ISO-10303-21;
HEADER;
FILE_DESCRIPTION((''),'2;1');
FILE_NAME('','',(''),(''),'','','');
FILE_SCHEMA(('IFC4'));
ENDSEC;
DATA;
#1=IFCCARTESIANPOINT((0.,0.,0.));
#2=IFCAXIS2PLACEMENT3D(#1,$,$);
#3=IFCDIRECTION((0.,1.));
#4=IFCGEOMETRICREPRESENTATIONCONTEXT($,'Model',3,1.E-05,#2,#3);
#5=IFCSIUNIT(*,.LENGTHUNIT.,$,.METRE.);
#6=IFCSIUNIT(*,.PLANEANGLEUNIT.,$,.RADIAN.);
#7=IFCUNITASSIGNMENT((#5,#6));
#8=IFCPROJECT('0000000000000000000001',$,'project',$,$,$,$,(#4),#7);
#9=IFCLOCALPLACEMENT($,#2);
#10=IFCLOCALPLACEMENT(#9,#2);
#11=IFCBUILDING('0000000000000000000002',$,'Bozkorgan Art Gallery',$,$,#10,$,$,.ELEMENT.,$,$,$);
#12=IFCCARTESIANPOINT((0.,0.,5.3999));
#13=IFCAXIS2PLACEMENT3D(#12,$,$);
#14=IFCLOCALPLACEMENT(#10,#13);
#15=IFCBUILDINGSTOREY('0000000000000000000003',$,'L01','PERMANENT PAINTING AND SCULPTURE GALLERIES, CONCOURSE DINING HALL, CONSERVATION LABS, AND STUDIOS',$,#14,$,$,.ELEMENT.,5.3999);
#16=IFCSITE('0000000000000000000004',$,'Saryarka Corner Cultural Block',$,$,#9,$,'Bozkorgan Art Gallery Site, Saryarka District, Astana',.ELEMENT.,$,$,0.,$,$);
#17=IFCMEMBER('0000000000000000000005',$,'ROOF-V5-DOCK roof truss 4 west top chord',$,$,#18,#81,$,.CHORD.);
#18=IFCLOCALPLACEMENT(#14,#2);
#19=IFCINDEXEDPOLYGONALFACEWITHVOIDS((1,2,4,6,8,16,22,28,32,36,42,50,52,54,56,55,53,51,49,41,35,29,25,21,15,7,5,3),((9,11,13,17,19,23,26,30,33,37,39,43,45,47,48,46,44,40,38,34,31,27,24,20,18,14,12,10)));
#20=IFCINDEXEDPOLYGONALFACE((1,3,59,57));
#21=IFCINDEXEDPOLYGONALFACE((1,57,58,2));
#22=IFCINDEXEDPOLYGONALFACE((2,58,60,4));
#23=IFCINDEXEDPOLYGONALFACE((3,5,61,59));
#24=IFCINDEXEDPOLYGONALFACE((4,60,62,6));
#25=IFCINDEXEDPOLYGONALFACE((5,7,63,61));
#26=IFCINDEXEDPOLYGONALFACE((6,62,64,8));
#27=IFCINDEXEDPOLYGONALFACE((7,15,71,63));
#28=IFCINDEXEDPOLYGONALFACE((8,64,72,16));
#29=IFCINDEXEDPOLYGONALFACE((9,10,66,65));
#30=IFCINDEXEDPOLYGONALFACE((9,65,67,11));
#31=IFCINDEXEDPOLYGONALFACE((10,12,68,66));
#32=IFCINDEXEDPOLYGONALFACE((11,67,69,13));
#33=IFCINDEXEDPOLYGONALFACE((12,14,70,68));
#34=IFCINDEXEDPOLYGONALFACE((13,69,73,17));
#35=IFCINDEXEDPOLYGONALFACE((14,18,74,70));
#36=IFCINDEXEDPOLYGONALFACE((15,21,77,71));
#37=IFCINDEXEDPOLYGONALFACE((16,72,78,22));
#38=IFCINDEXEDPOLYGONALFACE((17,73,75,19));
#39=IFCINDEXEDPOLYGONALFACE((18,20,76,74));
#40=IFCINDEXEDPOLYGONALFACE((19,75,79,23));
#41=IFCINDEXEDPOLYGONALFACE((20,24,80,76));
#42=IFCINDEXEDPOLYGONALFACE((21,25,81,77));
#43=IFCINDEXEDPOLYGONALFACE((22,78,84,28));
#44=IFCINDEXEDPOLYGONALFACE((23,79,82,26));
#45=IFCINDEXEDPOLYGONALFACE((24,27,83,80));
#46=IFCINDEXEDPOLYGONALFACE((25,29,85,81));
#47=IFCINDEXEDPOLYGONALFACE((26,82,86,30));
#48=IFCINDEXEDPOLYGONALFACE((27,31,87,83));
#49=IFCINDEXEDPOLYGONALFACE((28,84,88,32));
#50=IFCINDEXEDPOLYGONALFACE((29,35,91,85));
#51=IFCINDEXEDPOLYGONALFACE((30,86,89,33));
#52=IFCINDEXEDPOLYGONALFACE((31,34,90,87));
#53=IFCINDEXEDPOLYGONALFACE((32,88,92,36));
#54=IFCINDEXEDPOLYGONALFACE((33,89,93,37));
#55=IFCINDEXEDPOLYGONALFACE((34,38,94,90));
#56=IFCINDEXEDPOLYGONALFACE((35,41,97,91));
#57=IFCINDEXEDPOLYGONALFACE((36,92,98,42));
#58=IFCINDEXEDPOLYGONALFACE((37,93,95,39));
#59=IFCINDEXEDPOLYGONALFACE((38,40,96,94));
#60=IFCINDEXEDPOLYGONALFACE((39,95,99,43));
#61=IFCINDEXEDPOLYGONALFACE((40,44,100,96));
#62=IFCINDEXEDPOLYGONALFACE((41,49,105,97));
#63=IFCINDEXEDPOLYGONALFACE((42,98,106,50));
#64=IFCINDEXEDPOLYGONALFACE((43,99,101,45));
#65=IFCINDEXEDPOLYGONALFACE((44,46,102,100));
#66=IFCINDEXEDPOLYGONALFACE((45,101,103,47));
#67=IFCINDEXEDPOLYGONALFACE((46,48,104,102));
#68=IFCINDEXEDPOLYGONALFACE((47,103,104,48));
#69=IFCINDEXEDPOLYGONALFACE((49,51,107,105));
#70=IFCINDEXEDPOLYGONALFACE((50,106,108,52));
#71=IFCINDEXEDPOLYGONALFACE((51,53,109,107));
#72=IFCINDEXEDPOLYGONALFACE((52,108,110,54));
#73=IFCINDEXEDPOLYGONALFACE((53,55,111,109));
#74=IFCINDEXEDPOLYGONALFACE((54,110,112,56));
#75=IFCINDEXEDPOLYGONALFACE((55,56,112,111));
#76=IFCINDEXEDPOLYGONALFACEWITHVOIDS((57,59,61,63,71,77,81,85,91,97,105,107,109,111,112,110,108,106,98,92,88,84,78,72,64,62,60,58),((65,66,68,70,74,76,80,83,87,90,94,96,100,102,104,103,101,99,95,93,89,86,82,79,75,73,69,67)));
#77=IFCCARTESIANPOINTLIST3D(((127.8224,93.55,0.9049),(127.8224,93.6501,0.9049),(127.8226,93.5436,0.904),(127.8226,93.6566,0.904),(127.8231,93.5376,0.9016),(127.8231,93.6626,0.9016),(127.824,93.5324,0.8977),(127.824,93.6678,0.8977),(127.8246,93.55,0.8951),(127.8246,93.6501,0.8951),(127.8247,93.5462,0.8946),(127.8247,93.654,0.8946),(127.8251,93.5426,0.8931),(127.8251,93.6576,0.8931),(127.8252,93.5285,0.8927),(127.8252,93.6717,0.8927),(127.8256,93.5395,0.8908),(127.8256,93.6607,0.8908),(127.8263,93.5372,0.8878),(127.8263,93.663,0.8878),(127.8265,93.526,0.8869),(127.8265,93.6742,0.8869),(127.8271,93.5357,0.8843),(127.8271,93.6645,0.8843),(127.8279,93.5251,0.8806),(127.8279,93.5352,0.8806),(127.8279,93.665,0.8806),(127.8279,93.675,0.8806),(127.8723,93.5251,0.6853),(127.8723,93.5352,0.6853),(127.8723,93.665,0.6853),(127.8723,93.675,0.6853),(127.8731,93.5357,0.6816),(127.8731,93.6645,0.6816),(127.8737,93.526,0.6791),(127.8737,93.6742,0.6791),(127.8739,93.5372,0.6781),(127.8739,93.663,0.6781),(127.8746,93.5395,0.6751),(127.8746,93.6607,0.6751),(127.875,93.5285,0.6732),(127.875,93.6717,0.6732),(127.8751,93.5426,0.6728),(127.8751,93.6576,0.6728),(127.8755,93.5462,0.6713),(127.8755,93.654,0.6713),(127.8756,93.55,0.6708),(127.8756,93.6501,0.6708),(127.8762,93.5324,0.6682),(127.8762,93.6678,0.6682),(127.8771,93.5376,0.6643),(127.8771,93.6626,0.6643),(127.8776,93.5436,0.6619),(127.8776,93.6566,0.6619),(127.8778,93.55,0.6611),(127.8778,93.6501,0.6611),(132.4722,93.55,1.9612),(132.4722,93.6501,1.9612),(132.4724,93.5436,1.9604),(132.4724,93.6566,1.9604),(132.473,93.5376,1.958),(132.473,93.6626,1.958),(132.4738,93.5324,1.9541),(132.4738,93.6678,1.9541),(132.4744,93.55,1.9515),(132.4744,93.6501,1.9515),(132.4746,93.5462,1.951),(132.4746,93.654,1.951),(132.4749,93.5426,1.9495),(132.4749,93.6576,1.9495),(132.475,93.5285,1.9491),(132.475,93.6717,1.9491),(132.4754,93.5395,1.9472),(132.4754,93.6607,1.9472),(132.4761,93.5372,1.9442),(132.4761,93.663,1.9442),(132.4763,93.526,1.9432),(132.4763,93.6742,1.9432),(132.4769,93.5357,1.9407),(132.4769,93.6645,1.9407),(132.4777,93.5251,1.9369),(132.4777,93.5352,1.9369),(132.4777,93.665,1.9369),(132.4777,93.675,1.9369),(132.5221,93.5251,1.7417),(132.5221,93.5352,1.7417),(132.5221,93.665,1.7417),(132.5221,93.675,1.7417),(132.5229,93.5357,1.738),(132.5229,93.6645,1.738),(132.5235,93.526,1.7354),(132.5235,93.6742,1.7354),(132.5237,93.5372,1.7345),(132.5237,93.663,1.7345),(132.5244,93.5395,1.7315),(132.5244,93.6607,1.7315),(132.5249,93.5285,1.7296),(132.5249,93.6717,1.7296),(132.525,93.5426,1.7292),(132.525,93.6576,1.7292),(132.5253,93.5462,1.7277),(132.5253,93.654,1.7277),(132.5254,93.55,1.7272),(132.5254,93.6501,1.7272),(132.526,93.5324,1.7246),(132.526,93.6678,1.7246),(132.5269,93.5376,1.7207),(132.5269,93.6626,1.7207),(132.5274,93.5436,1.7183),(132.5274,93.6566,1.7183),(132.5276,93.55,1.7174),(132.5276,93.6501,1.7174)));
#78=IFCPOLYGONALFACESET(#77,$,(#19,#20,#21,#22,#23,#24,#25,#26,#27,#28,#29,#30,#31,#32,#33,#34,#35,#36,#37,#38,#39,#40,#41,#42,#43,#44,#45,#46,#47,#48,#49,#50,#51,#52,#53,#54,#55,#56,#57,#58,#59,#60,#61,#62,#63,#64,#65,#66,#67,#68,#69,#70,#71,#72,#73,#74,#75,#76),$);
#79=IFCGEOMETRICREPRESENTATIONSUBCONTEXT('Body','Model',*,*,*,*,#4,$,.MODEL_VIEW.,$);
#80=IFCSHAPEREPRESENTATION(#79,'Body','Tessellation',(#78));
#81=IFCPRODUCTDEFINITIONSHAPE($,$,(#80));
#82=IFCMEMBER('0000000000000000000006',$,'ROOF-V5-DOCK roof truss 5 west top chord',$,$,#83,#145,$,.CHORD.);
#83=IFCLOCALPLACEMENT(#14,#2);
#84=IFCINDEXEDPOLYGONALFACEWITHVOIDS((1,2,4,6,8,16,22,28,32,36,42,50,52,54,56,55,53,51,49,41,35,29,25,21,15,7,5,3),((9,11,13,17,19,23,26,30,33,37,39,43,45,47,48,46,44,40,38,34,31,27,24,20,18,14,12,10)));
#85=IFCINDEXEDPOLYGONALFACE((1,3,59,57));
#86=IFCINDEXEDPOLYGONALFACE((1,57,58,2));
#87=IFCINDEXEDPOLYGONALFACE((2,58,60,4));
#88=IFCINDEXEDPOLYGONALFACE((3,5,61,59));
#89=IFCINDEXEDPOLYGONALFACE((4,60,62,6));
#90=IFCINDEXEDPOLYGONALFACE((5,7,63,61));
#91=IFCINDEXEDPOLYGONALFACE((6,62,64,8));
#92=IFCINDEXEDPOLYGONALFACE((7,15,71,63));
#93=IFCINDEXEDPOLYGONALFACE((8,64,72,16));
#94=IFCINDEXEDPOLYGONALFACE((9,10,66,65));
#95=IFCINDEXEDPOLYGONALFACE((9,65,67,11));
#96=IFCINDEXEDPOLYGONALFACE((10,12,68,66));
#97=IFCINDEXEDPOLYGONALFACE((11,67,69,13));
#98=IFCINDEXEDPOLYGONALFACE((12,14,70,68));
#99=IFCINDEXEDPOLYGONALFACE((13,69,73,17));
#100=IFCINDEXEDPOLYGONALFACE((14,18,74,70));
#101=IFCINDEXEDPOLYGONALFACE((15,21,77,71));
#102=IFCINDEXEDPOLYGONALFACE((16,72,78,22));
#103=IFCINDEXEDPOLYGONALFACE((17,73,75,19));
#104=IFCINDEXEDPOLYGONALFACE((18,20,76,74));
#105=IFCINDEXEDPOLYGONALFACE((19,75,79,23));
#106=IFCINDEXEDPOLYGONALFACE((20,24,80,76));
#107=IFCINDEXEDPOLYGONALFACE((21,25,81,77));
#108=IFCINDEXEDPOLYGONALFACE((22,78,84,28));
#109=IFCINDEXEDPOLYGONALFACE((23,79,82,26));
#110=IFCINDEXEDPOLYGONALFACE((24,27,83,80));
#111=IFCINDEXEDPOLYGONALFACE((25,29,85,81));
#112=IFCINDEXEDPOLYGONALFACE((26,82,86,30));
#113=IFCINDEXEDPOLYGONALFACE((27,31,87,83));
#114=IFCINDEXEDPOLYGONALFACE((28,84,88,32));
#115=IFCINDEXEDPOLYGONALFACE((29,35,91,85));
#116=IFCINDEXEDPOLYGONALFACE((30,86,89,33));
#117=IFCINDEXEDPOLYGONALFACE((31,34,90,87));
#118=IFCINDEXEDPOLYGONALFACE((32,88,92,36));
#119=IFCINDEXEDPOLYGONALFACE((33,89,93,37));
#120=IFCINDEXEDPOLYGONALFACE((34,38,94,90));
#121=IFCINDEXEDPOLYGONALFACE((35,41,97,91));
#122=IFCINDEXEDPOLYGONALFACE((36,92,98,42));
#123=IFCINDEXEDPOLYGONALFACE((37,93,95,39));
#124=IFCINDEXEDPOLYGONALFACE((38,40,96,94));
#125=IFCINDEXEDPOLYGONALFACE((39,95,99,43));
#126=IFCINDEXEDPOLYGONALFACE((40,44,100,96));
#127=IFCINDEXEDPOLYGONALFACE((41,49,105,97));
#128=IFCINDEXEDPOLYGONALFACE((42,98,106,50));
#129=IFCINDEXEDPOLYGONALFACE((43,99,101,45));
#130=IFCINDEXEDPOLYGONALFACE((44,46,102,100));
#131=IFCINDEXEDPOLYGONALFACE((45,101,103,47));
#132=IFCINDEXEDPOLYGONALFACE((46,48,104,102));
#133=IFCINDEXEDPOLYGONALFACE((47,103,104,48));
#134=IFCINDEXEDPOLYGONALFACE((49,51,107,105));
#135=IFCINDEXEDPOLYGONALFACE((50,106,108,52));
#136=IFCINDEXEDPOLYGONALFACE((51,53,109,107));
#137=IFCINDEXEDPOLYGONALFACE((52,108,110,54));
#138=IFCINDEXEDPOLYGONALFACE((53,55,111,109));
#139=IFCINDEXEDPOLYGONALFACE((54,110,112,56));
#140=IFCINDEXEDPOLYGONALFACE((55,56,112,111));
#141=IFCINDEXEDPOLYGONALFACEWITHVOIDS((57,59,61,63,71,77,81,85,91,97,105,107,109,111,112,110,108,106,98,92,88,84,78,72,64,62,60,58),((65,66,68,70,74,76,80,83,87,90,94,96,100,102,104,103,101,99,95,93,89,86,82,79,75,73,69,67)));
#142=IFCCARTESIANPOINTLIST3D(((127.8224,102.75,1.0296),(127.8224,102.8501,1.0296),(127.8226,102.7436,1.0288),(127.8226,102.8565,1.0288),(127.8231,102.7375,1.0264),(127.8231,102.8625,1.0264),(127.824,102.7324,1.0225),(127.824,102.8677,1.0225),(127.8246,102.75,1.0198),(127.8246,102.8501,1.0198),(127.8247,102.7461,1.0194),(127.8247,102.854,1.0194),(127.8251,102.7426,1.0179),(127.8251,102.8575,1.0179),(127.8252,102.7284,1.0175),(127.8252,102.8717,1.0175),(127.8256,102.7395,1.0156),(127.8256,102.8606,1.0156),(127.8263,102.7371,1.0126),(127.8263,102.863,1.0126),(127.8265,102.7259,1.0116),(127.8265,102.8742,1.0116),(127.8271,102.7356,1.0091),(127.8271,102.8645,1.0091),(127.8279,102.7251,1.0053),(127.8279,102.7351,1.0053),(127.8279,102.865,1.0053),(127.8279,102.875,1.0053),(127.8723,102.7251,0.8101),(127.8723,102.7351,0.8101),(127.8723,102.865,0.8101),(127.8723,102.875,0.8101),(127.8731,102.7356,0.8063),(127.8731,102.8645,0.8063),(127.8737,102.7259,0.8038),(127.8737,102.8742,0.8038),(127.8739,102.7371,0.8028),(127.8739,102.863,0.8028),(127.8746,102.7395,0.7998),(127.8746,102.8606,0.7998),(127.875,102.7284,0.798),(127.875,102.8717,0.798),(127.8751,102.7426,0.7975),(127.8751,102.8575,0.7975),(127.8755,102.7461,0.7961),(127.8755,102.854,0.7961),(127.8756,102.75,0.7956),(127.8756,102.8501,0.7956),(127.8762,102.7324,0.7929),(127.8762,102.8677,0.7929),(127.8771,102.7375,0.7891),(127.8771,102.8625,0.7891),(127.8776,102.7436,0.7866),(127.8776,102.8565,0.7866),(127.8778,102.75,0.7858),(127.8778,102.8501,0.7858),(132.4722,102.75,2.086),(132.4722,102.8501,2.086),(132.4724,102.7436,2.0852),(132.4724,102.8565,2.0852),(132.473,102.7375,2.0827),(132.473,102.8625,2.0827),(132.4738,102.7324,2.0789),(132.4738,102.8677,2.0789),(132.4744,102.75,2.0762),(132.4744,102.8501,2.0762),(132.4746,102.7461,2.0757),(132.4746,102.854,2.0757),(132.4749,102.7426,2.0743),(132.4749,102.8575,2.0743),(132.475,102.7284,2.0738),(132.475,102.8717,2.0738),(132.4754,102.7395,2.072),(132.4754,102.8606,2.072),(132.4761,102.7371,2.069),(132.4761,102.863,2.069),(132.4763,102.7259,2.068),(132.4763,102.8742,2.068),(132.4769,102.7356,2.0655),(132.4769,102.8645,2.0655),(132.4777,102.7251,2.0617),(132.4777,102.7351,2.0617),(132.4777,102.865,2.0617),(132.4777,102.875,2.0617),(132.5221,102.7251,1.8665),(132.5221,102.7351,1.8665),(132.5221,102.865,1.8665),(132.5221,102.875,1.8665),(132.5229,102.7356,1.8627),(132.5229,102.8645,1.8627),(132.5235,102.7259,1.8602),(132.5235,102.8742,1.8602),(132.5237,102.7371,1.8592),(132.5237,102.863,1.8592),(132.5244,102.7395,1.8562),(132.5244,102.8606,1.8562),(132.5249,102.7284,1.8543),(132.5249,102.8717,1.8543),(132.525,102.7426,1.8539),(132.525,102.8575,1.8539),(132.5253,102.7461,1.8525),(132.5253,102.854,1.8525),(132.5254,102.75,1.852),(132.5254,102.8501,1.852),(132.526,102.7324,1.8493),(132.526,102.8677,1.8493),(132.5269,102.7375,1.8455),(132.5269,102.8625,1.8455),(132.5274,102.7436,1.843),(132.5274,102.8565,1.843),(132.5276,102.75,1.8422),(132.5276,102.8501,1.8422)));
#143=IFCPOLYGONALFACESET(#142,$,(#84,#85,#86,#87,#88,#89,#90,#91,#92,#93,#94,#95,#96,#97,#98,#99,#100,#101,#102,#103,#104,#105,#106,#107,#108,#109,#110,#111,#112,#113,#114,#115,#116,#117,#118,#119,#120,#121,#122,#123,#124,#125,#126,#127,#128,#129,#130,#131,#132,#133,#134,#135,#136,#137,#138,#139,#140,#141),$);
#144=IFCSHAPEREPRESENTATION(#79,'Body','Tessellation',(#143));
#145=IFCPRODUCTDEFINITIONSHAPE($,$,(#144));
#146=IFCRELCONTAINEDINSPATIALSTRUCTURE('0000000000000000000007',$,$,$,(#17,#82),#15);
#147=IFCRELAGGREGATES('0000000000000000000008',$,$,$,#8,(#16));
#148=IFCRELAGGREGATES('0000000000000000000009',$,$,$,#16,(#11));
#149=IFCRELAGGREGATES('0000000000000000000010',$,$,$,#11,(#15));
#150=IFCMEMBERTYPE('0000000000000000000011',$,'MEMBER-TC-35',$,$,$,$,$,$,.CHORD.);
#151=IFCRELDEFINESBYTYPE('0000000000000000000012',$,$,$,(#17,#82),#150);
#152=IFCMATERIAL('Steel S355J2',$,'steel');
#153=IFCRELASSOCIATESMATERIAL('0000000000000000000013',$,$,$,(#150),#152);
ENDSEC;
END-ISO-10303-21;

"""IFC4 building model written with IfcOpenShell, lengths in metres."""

from ifc_helpers import new_model, si_unit, direction, frame, origin, origin_2d, place, context, subcontext, project, spatial, hollow_rectangle, extrude, material, material_profile, profile_set, type_object, element, save


model = new_model("IFC4")

# Units and contexts
model_context = context("Model", 3, precision=1e-05, world=origin(), true_north=direction((0.0, 1.0)))
body_context = subcontext(model_context, "Body", "Model", "MODEL_VIEW")
ifc_project = project(units=[si_unit("LENGTHUNIT", "METRE"), si_unit("PLANEANGLEUNIT", "RADIAN")], contexts=[model_context])

# Site, building, storey
site_placement = place(None, origin())
site = spatial("IfcSite", under=ifc_project, at=site_placement, Name="Saryarka Corner Cultural Block", LongName="Bozkorgan Art Gallery Site, Saryarka District, Astana", CompositionType="ELEMENT", RefElevation=0.0)
building_placement = place(site_placement, origin())
building = spatial("IfcBuilding", under=site, at=building_placement, Name="Bozkorgan Art Gallery", CompositionType="ELEMENT")
storey_placement = place(building_placement, frame((0.0, 0.0, 5.3999)))
storey = spatial("IfcBuildingStorey", under=building, at=storey_placement, Name="L01", Description="PERMANENT PAINTING AND SCULPTURE GALLERIES, CONCOURSE DINING HALL, CONSERVATION LABS, AND STUDIOS", CompositionType="ELEMENT", Elevation=5.3999)

# Shared definitions
ifc_material_1 = material(Name="Steel S355J2", Category="steel")

# Members
ifc_material_profile_1 = material_profile(ifc_material_1, hollow_rectangle(XDim=0.1499, YDim=0.25, WallThickness=0.01, InnerFilletRadius=0.0149, OuterFilletRadius=0.0249, at=origin_2d()), Name="RHS 250x150x10")
ifc_profile_set_1 = profile_set([ifc_material_profile_1], Name="Steel S355J2")
member_type_1 = type_object("IfcMemberType", Name="MEMBER-TC-35", PredefinedType="CHORD", material=ifc_profile_set_1)
for number, where, z_axis, x_axis, name in (
    (1, (127.8501, 93.6001, 0.783), (0.975151, 0.0, 0.221541), (0.0, 1.0, 0.0), "ROOF-V5-DOCK roof truss 4 west top chord"),
    (2, (127.8501, 102.8, 0.9077), (0.975151, 0.0, 0.221541), (0.0, 1.0, 0.0), "ROOF-V5-DOCK roof truss 5 west top chord"),
):
    element("IfcMember", number, at=place(storey_placement, frame(where, z_axis=z_axis, x_axis=x_axis)), inside=storey, type_object=member_type_1, Name=name, PredefinedType="CHORD", context=body_context, shape_type="SweptSolid", body=[
        extrude(hollow_rectangle(XDim=0.1499, YDim=0.25, WallThickness=0.01, InnerFilletRadius=0.0149, OuterFilletRadius=0.0249, at=origin_2d()), origin(), (0.0, 0.0, 1.0), 4.7683),
    ])

save(model, "model.ifc")
